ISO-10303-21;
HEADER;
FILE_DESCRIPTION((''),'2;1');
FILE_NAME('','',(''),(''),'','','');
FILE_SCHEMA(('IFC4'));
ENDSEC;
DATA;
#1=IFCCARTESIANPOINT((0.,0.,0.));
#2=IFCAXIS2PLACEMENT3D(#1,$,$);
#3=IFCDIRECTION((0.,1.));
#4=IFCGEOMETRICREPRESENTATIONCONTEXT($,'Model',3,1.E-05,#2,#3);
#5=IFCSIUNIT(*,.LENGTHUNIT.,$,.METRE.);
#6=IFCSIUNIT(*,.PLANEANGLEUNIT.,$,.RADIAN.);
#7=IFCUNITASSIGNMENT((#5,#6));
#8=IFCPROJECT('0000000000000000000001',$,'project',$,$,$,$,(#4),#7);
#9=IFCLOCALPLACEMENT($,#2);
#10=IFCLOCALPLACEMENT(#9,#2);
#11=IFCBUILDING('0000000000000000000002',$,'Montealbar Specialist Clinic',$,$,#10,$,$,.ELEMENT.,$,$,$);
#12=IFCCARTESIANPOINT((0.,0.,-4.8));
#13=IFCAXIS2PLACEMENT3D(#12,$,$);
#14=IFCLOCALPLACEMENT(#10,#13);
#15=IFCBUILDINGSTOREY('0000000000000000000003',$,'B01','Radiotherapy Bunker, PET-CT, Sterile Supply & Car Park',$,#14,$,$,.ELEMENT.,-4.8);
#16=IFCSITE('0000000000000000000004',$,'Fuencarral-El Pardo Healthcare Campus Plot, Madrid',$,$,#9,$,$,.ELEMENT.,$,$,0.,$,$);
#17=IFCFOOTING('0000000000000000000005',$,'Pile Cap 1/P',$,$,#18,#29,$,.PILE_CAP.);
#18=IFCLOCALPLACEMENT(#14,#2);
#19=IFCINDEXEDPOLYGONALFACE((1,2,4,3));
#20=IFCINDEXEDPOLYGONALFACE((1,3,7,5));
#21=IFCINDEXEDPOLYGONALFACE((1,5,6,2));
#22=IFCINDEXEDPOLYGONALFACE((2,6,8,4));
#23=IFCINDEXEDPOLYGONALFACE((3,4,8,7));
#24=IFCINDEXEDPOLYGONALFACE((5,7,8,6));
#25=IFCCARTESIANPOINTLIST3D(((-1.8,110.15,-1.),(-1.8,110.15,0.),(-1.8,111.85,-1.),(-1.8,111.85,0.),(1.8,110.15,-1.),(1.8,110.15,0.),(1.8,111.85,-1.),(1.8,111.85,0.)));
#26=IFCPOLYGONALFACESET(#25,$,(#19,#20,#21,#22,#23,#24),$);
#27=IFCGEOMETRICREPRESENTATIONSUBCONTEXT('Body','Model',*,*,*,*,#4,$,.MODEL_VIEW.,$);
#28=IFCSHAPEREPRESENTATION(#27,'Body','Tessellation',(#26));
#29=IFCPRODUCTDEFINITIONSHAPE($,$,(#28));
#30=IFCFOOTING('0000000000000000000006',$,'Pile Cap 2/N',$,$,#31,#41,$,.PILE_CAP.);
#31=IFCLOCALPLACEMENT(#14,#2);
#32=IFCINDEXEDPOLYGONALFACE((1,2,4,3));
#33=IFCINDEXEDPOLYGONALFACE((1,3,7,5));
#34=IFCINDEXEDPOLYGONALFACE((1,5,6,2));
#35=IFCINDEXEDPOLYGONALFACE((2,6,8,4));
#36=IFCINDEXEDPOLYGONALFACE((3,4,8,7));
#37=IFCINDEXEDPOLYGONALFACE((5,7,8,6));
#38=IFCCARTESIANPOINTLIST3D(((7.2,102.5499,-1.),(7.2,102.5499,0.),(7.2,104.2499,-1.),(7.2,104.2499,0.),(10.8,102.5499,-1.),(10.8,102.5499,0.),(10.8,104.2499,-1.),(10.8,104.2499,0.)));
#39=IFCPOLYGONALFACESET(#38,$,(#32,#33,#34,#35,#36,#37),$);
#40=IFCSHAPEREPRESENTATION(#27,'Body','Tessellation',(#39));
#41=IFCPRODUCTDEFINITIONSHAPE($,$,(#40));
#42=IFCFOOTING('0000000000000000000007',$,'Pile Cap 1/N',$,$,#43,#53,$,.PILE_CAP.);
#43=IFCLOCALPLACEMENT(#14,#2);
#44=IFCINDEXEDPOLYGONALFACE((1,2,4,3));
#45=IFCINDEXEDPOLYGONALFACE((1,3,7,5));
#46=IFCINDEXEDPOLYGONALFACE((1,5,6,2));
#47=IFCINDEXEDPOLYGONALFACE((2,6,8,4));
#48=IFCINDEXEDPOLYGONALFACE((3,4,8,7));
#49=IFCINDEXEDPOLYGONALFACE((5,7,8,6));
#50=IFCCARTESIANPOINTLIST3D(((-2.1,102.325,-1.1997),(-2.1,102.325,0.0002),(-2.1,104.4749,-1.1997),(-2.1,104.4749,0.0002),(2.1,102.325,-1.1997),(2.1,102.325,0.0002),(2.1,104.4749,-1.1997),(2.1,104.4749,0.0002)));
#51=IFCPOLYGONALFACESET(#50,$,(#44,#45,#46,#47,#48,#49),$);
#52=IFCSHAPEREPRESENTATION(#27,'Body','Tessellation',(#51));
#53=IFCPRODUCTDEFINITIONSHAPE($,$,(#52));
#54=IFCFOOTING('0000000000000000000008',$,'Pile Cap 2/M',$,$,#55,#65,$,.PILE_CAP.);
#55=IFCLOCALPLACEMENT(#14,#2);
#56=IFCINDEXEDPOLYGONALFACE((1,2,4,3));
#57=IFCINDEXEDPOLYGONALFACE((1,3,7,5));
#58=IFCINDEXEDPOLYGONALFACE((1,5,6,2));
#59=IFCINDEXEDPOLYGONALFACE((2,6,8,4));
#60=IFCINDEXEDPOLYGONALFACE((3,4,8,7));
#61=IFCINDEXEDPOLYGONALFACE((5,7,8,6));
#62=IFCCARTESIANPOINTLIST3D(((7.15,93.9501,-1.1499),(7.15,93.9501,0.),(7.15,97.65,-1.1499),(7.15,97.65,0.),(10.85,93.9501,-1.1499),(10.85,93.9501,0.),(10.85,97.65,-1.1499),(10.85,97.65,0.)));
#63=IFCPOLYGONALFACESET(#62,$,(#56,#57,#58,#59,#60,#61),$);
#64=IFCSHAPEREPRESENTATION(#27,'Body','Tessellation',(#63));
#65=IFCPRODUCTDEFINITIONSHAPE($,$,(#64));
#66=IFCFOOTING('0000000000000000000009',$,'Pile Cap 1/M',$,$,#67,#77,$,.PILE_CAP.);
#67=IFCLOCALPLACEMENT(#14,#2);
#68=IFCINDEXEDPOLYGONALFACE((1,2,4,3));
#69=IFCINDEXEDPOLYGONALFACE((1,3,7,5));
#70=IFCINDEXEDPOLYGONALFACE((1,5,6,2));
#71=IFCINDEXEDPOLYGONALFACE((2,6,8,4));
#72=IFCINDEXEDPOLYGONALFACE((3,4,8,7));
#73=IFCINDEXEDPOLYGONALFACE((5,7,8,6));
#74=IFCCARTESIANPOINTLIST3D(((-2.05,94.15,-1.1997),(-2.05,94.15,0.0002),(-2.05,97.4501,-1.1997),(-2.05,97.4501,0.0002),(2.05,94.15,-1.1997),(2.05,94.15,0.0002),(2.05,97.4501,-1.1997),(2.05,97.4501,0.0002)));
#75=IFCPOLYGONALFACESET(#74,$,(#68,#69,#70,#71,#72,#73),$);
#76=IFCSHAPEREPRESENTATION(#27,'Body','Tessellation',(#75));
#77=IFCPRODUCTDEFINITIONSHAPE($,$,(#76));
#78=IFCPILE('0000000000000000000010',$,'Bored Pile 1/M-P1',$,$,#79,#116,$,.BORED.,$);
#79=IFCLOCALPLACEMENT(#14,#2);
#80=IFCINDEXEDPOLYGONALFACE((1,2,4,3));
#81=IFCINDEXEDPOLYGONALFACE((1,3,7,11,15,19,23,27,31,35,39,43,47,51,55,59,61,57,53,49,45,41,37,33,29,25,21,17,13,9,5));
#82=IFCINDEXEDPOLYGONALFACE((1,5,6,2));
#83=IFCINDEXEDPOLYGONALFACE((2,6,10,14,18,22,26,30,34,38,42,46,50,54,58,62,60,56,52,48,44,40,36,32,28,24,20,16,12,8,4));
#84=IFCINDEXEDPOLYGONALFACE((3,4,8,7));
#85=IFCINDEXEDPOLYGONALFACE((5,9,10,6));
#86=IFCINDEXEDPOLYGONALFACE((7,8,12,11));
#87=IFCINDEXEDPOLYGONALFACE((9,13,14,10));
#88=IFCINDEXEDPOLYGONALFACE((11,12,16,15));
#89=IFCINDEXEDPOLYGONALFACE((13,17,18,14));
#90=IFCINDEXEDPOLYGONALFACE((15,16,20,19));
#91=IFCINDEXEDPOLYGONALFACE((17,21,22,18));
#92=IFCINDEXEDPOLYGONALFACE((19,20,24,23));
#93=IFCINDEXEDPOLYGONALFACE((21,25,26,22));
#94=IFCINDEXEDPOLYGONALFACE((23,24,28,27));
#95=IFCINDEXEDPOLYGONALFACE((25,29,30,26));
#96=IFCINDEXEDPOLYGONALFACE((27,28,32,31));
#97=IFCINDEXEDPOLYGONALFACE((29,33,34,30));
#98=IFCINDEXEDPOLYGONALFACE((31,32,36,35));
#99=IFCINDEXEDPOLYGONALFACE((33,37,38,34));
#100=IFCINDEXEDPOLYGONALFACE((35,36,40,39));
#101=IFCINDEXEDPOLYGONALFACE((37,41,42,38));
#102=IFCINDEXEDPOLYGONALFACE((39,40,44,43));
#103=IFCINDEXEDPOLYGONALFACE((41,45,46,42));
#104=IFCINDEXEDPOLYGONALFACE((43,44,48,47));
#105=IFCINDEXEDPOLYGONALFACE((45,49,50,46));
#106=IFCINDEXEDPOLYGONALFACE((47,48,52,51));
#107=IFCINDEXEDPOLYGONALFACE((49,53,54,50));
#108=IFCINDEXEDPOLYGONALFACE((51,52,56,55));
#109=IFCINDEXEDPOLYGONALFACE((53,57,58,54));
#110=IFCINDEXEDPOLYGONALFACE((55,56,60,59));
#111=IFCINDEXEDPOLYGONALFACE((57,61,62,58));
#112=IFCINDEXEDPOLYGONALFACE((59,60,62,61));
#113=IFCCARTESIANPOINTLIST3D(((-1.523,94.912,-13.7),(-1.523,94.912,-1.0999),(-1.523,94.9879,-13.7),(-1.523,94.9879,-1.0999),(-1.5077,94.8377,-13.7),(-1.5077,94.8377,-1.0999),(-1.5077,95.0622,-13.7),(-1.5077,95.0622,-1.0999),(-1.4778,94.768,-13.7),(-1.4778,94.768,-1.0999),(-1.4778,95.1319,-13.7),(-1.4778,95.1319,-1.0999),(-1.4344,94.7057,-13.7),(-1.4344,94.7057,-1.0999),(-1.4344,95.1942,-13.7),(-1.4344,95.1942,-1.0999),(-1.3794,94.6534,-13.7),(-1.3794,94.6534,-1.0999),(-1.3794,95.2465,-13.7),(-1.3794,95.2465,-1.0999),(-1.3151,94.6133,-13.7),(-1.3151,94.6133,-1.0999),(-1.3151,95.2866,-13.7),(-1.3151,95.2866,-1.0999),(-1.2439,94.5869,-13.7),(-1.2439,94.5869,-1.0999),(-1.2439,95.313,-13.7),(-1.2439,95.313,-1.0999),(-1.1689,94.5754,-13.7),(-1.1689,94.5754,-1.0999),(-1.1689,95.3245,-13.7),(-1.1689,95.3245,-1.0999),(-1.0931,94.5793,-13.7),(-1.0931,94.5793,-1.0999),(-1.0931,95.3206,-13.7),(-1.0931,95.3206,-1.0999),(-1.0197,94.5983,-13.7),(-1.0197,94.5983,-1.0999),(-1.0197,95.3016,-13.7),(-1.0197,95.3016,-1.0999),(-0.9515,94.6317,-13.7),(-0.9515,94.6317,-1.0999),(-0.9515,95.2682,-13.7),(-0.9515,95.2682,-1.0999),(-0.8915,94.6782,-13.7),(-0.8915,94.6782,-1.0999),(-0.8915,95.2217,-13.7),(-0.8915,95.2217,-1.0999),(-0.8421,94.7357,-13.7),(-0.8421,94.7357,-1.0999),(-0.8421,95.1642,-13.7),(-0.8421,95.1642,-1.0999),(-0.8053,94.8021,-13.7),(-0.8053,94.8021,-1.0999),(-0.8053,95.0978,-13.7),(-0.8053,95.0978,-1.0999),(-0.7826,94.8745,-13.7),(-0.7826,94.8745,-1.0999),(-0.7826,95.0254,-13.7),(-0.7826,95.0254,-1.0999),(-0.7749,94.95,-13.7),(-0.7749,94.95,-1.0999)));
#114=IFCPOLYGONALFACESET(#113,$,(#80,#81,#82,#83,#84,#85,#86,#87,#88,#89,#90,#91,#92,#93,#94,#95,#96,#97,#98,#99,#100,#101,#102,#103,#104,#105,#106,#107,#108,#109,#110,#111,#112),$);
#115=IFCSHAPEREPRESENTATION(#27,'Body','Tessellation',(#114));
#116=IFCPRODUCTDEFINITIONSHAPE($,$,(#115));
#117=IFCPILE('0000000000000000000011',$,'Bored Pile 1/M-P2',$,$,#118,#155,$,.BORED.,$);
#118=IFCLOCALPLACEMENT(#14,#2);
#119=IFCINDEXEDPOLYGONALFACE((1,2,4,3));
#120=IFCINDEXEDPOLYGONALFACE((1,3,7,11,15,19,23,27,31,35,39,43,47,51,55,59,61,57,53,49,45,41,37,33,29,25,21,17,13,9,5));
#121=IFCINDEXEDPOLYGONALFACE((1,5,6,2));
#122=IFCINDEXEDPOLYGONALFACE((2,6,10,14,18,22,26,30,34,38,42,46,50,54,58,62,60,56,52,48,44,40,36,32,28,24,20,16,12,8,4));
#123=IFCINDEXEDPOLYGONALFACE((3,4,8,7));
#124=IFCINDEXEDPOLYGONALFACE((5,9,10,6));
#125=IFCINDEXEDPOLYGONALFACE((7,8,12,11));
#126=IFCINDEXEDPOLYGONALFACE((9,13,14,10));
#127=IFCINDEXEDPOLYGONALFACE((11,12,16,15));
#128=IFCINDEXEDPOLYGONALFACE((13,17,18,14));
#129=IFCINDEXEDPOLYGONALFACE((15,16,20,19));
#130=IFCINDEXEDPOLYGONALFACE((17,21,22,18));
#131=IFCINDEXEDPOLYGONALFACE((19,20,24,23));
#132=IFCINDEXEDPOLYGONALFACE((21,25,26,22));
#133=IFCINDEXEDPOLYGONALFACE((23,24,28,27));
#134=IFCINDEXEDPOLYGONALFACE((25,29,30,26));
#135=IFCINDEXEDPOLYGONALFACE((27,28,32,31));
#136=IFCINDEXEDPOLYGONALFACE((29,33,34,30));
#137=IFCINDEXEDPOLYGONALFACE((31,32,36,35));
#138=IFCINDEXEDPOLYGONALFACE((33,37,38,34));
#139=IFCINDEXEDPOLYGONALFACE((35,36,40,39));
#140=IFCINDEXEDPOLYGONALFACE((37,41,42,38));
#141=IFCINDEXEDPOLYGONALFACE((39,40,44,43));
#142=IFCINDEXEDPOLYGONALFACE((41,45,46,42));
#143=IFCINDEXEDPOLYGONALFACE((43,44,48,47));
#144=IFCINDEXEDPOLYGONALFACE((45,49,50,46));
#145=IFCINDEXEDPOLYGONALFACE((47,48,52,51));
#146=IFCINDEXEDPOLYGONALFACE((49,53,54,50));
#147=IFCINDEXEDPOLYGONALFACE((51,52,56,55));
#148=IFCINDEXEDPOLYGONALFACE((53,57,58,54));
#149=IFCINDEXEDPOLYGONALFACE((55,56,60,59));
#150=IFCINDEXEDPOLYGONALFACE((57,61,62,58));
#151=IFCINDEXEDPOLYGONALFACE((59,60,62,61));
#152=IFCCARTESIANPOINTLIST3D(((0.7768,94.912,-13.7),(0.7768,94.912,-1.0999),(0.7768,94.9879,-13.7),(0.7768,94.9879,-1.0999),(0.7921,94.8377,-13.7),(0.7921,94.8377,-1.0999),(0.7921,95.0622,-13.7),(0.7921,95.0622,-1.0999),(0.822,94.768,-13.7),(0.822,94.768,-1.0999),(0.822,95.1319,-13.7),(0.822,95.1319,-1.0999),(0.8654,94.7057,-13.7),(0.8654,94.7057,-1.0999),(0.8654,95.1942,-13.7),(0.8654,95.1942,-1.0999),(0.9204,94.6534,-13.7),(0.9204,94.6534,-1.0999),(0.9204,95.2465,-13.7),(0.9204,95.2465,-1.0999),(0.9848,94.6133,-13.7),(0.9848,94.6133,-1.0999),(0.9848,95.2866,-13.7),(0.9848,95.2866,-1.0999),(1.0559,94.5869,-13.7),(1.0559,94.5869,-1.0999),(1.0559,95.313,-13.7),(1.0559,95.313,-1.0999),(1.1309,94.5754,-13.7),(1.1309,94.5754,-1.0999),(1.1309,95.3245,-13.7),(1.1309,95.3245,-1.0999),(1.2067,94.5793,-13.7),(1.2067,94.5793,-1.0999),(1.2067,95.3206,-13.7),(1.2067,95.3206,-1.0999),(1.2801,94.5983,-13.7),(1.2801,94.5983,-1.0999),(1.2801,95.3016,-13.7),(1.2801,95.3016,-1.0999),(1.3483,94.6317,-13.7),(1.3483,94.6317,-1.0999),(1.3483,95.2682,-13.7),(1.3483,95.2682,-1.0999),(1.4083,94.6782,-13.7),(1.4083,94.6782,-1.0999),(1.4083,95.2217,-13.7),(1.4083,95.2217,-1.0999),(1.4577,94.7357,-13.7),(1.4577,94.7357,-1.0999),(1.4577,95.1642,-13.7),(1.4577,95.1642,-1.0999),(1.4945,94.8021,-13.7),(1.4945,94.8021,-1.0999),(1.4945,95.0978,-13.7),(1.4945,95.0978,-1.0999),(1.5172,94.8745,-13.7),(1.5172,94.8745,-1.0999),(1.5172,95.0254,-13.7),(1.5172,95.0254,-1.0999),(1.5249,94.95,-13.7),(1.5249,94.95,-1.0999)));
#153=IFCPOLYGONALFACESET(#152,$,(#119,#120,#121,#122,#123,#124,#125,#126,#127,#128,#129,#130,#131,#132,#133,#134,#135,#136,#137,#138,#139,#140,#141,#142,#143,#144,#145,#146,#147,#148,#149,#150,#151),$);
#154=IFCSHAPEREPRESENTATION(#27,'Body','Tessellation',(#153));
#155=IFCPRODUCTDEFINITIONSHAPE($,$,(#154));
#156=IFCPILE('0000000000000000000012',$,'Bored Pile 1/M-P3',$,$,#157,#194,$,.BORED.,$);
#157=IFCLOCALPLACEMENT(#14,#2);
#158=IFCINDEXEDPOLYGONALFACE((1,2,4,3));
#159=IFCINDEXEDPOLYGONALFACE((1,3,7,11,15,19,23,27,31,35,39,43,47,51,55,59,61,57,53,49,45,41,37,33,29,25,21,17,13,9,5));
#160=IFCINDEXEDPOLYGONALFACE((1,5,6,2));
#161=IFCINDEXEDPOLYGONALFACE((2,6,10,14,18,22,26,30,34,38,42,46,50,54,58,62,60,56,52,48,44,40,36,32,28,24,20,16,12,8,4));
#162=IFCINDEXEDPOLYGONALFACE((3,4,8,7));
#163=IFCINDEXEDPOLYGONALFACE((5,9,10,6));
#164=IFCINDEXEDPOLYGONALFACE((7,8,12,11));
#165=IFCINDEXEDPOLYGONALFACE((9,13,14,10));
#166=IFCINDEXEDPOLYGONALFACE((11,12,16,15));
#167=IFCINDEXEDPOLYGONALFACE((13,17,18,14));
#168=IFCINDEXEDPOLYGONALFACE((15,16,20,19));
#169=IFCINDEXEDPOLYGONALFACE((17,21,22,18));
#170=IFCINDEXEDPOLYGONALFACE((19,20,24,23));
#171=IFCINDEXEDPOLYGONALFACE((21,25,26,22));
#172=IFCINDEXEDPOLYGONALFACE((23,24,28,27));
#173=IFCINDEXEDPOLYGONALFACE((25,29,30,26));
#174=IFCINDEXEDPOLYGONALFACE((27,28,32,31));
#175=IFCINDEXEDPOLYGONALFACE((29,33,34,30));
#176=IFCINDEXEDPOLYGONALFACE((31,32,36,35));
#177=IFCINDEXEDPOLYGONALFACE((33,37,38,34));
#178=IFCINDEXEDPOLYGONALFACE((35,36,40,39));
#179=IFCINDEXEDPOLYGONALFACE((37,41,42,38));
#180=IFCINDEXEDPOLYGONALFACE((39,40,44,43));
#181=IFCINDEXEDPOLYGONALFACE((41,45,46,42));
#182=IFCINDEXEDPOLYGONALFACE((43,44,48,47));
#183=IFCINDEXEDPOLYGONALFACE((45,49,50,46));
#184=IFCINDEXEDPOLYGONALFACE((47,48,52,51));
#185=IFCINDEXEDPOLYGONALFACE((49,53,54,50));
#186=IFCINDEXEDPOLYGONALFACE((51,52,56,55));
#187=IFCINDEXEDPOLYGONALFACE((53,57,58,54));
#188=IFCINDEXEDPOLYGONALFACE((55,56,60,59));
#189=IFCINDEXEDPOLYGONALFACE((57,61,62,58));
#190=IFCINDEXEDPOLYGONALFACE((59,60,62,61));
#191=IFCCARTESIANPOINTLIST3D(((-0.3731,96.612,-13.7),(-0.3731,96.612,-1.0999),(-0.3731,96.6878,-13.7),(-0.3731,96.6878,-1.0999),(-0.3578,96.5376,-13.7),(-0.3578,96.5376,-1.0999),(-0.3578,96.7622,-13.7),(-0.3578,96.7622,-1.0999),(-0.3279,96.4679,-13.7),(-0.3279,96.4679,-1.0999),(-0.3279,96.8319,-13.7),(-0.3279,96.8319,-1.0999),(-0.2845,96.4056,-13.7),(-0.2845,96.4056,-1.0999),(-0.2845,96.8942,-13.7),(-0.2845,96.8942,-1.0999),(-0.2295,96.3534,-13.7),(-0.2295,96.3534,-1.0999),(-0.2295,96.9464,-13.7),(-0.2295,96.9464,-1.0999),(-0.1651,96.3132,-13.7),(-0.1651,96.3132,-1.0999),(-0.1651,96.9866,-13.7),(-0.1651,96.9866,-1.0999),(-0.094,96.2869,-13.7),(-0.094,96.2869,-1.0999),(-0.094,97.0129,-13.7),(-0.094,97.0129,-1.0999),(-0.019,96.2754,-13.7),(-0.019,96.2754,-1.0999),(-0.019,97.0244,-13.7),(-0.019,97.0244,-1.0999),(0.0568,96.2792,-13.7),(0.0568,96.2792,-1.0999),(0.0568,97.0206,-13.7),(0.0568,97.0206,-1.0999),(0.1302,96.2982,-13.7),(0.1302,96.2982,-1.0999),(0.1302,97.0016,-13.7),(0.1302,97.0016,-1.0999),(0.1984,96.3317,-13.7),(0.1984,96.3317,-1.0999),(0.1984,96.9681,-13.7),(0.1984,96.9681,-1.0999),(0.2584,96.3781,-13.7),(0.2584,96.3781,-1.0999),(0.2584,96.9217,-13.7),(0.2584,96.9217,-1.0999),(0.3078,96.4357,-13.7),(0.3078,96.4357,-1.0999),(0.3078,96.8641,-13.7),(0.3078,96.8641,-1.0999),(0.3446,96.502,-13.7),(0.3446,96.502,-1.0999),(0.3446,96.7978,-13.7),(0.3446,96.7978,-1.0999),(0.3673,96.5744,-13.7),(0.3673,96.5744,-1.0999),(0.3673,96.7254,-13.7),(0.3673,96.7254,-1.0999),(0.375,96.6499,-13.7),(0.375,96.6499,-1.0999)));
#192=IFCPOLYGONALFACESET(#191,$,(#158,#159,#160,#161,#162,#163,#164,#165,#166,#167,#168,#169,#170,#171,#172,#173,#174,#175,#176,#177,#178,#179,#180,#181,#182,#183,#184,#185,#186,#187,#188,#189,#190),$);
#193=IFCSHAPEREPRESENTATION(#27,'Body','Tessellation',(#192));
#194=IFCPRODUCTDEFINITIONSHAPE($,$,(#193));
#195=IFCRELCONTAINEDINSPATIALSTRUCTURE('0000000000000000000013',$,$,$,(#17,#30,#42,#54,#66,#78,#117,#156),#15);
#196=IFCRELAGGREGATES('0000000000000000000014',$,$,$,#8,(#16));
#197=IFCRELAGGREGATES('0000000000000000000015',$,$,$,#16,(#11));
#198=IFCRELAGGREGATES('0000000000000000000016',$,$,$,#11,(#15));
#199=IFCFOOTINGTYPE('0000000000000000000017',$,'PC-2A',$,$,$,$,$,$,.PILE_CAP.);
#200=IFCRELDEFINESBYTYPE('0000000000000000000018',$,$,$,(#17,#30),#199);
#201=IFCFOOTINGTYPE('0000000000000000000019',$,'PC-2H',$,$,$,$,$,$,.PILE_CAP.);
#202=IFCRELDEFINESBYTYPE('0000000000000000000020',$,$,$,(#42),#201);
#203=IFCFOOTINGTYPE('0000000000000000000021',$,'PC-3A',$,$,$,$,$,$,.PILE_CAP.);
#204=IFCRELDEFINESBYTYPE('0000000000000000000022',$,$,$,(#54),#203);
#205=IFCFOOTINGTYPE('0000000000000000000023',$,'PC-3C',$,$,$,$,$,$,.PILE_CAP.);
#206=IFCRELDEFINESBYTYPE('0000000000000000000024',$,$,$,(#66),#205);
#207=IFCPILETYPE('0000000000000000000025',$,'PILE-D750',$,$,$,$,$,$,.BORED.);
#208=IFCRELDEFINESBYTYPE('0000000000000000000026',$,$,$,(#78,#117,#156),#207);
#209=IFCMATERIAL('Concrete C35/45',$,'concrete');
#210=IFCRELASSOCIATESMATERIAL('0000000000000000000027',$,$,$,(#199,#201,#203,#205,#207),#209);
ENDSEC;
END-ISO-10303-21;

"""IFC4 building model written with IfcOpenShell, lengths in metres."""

from ifc_helpers import new_model, si_unit, direction, frame, origin, origin_2d, place, context, subcontext, project, spatial, rectangle, circle, extrude, material, material_profile, profile_set, type_object, element, save


model = new_model("IFC4")

# Units and contexts
model_context = context("Model", 3, precision=1e-05, world=origin(), true_north=direction((0.0, 1.0)))
body_context = subcontext(model_context, "Body", "Model", "MODEL_VIEW")
ifc_project = project(units=[si_unit("LENGTHUNIT", "METRE"), si_unit("PLANEANGLEUNIT", "RADIAN")], contexts=[model_context])

# Site, building, storey
site_placement = place(None, origin())
site = spatial("IfcSite", under=ifc_project, at=site_placement, Name="Fuencarral-El Pardo Healthcare Campus Plot, Madrid", CompositionType="ELEMENT", RefElevation=0.0)
building_placement = place(site_placement, origin())
building = spatial("IfcBuilding", under=site, at=building_placement, Name="Montealbar Specialist Clinic", CompositionType="ELEMENT")
storey_placement = place(building_placement, frame((0.0, 0.0, -4.8)))
storey = spatial("IfcBuildingStorey", under=building, at=storey_placement, Name="B01", Description="Radiotherapy Bunker, PET-CT, Sterile Supply & Car Park", CompositionType="ELEMENT", Elevation=-4.8)

# Footings
ifc_material_1 = material(Name="Concrete C35/45", Category="concrete")
footing_type_1 = type_object("IfcFootingType", Name="PC-2A", PredefinedType="PILE_CAP", material=ifc_material_1)
for number, where, z_axis, x_axis, name in (
    (1, (0.0, 111.0, -1.0), (0.0, 0.0, 1.0), (1.0, 0.0, 0.0), "Pile Cap 1/P"),
    (2, (9.0, 103.3999, -1.0), (0.0, 0.0, 1.0), (1.0, 0.0, 0.0), "Pile Cap 2/N"),
):
    element("IfcFooting", number, at=place(storey_placement, frame(where, z_axis=z_axis, x_axis=x_axis)), inside=storey, type_object=footing_type_1, Name=name, PredefinedType="PILE_CAP", context=body_context, shape_type="SweptSolid", body=[
        extrude(rectangle(XDim=3.6001, YDim=1.7, at=origin_2d()), origin(), (0.0, 0.0, 1.0), 1.0),
    ])
footing_type_2 = type_object("IfcFootingType", Name="PC-2H", PredefinedType="PILE_CAP", material=ifc_material_1)
footing_1_placement = place(storey_placement, frame((0.0, 103.3999, -1.1997), z_axis=(0.0, 0.0, 1.0), x_axis=(1.0, 0.0, 0.0)))
element("IfcFooting", 3, at=footing_1_placement, inside=storey, type_object=footing_type_2, Name="Pile Cap 1/N", PredefinedType="PILE_CAP", context=body_context, shape_type="SweptSolid", body=[
    extrude(rectangle(XDim=4.2, YDim=2.1499, at=origin_2d()), origin(), (0.0, 0.0, 1.0), 1.2),
])
footing_type_3 = type_object("IfcFootingType", Name="PC-3A", PredefinedType="PILE_CAP", material=ifc_material_1)
footing_2_placement = place(storey_placement, frame((9.0, 95.8, -1.1499), z_axis=(0.0, 0.0, 1.0), x_axis=(1.0, 0.0, 0.0)))
element("IfcFooting", 4, at=footing_2_placement, inside=storey, type_object=footing_type_3, Name="Pile Cap 2/M", PredefinedType="PILE_CAP", context=body_context, shape_type="SweptSolid", body=[
    extrude(rectangle(XDim=3.7, YDim=3.7, at=origin_2d()), origin(), (0.0, 0.0, 1.0), 1.1499),
])
footing_type_4 = type_object("IfcFootingType", Name="PC-3C", PredefinedType="PILE_CAP", material=ifc_material_1)
footing_3_placement = place(storey_placement, frame((0.0, 95.8, -1.1997), z_axis=(0.0, 0.0, 1.0), x_axis=(1.0, 0.0, 0.0)))
element("IfcFooting", 5, at=footing_3_placement, inside=storey, type_object=footing_type_4, Name="Pile Cap 1/M", PredefinedType="PILE_CAP", context=body_context, shape_type="SweptSolid", body=[
    extrude(rectangle(XDim=4.1001, YDim=3.3, at=origin_2d()), origin(), (0.0, 0.0, 1.0), 1.2),
])

# Piles
ifc_material_profile_1 = material_profile(ifc_material_1, circle(Radius=0.375, at=origin_2d()), Name="PILE D750", Category="concrete")
ifc_profile_set_1 = profile_set([ifc_material_profile_1], Name="Concrete C35/45")
pile_type_1 = type_object("IfcPileType", Name="PILE-D750", PredefinedType="BORED", material=ifc_profile_set_1)
for number, where, z_axis, x_axis, name in (
    (6, (-1.1499, 94.95, -1.0999), (0.0, 0.0, -1.0), (1.0, 0.0, 0.0), "Bored Pile 1/M-P1"),
    (7, (1.1499, 94.95, -1.0999), (0.0, 0.0, -1.0), (1.0, 0.0, 0.0), "Bored Pile 1/M-P2"),
    (8, (0.0, 96.6499, -1.0999), (0.0, 0.0, -1.0), (1.0, 0.0, 0.0), "Bored Pile 1/M-P3"),
):
    element("IfcPile", number, at=place(storey_placement, frame(where, z_axis=z_axis, x_axis=x_axis)), inside=storey, type_object=pile_type_1, Name=name, PredefinedType="BORED", context=body_context, shape_type="SweptSolid", body=[
        extrude(circle(Radius=0.375, at=origin_2d()), origin(), (0.0, 0.0, 1.0), 12.6001),
    ])

save(model, "model.ifc")
